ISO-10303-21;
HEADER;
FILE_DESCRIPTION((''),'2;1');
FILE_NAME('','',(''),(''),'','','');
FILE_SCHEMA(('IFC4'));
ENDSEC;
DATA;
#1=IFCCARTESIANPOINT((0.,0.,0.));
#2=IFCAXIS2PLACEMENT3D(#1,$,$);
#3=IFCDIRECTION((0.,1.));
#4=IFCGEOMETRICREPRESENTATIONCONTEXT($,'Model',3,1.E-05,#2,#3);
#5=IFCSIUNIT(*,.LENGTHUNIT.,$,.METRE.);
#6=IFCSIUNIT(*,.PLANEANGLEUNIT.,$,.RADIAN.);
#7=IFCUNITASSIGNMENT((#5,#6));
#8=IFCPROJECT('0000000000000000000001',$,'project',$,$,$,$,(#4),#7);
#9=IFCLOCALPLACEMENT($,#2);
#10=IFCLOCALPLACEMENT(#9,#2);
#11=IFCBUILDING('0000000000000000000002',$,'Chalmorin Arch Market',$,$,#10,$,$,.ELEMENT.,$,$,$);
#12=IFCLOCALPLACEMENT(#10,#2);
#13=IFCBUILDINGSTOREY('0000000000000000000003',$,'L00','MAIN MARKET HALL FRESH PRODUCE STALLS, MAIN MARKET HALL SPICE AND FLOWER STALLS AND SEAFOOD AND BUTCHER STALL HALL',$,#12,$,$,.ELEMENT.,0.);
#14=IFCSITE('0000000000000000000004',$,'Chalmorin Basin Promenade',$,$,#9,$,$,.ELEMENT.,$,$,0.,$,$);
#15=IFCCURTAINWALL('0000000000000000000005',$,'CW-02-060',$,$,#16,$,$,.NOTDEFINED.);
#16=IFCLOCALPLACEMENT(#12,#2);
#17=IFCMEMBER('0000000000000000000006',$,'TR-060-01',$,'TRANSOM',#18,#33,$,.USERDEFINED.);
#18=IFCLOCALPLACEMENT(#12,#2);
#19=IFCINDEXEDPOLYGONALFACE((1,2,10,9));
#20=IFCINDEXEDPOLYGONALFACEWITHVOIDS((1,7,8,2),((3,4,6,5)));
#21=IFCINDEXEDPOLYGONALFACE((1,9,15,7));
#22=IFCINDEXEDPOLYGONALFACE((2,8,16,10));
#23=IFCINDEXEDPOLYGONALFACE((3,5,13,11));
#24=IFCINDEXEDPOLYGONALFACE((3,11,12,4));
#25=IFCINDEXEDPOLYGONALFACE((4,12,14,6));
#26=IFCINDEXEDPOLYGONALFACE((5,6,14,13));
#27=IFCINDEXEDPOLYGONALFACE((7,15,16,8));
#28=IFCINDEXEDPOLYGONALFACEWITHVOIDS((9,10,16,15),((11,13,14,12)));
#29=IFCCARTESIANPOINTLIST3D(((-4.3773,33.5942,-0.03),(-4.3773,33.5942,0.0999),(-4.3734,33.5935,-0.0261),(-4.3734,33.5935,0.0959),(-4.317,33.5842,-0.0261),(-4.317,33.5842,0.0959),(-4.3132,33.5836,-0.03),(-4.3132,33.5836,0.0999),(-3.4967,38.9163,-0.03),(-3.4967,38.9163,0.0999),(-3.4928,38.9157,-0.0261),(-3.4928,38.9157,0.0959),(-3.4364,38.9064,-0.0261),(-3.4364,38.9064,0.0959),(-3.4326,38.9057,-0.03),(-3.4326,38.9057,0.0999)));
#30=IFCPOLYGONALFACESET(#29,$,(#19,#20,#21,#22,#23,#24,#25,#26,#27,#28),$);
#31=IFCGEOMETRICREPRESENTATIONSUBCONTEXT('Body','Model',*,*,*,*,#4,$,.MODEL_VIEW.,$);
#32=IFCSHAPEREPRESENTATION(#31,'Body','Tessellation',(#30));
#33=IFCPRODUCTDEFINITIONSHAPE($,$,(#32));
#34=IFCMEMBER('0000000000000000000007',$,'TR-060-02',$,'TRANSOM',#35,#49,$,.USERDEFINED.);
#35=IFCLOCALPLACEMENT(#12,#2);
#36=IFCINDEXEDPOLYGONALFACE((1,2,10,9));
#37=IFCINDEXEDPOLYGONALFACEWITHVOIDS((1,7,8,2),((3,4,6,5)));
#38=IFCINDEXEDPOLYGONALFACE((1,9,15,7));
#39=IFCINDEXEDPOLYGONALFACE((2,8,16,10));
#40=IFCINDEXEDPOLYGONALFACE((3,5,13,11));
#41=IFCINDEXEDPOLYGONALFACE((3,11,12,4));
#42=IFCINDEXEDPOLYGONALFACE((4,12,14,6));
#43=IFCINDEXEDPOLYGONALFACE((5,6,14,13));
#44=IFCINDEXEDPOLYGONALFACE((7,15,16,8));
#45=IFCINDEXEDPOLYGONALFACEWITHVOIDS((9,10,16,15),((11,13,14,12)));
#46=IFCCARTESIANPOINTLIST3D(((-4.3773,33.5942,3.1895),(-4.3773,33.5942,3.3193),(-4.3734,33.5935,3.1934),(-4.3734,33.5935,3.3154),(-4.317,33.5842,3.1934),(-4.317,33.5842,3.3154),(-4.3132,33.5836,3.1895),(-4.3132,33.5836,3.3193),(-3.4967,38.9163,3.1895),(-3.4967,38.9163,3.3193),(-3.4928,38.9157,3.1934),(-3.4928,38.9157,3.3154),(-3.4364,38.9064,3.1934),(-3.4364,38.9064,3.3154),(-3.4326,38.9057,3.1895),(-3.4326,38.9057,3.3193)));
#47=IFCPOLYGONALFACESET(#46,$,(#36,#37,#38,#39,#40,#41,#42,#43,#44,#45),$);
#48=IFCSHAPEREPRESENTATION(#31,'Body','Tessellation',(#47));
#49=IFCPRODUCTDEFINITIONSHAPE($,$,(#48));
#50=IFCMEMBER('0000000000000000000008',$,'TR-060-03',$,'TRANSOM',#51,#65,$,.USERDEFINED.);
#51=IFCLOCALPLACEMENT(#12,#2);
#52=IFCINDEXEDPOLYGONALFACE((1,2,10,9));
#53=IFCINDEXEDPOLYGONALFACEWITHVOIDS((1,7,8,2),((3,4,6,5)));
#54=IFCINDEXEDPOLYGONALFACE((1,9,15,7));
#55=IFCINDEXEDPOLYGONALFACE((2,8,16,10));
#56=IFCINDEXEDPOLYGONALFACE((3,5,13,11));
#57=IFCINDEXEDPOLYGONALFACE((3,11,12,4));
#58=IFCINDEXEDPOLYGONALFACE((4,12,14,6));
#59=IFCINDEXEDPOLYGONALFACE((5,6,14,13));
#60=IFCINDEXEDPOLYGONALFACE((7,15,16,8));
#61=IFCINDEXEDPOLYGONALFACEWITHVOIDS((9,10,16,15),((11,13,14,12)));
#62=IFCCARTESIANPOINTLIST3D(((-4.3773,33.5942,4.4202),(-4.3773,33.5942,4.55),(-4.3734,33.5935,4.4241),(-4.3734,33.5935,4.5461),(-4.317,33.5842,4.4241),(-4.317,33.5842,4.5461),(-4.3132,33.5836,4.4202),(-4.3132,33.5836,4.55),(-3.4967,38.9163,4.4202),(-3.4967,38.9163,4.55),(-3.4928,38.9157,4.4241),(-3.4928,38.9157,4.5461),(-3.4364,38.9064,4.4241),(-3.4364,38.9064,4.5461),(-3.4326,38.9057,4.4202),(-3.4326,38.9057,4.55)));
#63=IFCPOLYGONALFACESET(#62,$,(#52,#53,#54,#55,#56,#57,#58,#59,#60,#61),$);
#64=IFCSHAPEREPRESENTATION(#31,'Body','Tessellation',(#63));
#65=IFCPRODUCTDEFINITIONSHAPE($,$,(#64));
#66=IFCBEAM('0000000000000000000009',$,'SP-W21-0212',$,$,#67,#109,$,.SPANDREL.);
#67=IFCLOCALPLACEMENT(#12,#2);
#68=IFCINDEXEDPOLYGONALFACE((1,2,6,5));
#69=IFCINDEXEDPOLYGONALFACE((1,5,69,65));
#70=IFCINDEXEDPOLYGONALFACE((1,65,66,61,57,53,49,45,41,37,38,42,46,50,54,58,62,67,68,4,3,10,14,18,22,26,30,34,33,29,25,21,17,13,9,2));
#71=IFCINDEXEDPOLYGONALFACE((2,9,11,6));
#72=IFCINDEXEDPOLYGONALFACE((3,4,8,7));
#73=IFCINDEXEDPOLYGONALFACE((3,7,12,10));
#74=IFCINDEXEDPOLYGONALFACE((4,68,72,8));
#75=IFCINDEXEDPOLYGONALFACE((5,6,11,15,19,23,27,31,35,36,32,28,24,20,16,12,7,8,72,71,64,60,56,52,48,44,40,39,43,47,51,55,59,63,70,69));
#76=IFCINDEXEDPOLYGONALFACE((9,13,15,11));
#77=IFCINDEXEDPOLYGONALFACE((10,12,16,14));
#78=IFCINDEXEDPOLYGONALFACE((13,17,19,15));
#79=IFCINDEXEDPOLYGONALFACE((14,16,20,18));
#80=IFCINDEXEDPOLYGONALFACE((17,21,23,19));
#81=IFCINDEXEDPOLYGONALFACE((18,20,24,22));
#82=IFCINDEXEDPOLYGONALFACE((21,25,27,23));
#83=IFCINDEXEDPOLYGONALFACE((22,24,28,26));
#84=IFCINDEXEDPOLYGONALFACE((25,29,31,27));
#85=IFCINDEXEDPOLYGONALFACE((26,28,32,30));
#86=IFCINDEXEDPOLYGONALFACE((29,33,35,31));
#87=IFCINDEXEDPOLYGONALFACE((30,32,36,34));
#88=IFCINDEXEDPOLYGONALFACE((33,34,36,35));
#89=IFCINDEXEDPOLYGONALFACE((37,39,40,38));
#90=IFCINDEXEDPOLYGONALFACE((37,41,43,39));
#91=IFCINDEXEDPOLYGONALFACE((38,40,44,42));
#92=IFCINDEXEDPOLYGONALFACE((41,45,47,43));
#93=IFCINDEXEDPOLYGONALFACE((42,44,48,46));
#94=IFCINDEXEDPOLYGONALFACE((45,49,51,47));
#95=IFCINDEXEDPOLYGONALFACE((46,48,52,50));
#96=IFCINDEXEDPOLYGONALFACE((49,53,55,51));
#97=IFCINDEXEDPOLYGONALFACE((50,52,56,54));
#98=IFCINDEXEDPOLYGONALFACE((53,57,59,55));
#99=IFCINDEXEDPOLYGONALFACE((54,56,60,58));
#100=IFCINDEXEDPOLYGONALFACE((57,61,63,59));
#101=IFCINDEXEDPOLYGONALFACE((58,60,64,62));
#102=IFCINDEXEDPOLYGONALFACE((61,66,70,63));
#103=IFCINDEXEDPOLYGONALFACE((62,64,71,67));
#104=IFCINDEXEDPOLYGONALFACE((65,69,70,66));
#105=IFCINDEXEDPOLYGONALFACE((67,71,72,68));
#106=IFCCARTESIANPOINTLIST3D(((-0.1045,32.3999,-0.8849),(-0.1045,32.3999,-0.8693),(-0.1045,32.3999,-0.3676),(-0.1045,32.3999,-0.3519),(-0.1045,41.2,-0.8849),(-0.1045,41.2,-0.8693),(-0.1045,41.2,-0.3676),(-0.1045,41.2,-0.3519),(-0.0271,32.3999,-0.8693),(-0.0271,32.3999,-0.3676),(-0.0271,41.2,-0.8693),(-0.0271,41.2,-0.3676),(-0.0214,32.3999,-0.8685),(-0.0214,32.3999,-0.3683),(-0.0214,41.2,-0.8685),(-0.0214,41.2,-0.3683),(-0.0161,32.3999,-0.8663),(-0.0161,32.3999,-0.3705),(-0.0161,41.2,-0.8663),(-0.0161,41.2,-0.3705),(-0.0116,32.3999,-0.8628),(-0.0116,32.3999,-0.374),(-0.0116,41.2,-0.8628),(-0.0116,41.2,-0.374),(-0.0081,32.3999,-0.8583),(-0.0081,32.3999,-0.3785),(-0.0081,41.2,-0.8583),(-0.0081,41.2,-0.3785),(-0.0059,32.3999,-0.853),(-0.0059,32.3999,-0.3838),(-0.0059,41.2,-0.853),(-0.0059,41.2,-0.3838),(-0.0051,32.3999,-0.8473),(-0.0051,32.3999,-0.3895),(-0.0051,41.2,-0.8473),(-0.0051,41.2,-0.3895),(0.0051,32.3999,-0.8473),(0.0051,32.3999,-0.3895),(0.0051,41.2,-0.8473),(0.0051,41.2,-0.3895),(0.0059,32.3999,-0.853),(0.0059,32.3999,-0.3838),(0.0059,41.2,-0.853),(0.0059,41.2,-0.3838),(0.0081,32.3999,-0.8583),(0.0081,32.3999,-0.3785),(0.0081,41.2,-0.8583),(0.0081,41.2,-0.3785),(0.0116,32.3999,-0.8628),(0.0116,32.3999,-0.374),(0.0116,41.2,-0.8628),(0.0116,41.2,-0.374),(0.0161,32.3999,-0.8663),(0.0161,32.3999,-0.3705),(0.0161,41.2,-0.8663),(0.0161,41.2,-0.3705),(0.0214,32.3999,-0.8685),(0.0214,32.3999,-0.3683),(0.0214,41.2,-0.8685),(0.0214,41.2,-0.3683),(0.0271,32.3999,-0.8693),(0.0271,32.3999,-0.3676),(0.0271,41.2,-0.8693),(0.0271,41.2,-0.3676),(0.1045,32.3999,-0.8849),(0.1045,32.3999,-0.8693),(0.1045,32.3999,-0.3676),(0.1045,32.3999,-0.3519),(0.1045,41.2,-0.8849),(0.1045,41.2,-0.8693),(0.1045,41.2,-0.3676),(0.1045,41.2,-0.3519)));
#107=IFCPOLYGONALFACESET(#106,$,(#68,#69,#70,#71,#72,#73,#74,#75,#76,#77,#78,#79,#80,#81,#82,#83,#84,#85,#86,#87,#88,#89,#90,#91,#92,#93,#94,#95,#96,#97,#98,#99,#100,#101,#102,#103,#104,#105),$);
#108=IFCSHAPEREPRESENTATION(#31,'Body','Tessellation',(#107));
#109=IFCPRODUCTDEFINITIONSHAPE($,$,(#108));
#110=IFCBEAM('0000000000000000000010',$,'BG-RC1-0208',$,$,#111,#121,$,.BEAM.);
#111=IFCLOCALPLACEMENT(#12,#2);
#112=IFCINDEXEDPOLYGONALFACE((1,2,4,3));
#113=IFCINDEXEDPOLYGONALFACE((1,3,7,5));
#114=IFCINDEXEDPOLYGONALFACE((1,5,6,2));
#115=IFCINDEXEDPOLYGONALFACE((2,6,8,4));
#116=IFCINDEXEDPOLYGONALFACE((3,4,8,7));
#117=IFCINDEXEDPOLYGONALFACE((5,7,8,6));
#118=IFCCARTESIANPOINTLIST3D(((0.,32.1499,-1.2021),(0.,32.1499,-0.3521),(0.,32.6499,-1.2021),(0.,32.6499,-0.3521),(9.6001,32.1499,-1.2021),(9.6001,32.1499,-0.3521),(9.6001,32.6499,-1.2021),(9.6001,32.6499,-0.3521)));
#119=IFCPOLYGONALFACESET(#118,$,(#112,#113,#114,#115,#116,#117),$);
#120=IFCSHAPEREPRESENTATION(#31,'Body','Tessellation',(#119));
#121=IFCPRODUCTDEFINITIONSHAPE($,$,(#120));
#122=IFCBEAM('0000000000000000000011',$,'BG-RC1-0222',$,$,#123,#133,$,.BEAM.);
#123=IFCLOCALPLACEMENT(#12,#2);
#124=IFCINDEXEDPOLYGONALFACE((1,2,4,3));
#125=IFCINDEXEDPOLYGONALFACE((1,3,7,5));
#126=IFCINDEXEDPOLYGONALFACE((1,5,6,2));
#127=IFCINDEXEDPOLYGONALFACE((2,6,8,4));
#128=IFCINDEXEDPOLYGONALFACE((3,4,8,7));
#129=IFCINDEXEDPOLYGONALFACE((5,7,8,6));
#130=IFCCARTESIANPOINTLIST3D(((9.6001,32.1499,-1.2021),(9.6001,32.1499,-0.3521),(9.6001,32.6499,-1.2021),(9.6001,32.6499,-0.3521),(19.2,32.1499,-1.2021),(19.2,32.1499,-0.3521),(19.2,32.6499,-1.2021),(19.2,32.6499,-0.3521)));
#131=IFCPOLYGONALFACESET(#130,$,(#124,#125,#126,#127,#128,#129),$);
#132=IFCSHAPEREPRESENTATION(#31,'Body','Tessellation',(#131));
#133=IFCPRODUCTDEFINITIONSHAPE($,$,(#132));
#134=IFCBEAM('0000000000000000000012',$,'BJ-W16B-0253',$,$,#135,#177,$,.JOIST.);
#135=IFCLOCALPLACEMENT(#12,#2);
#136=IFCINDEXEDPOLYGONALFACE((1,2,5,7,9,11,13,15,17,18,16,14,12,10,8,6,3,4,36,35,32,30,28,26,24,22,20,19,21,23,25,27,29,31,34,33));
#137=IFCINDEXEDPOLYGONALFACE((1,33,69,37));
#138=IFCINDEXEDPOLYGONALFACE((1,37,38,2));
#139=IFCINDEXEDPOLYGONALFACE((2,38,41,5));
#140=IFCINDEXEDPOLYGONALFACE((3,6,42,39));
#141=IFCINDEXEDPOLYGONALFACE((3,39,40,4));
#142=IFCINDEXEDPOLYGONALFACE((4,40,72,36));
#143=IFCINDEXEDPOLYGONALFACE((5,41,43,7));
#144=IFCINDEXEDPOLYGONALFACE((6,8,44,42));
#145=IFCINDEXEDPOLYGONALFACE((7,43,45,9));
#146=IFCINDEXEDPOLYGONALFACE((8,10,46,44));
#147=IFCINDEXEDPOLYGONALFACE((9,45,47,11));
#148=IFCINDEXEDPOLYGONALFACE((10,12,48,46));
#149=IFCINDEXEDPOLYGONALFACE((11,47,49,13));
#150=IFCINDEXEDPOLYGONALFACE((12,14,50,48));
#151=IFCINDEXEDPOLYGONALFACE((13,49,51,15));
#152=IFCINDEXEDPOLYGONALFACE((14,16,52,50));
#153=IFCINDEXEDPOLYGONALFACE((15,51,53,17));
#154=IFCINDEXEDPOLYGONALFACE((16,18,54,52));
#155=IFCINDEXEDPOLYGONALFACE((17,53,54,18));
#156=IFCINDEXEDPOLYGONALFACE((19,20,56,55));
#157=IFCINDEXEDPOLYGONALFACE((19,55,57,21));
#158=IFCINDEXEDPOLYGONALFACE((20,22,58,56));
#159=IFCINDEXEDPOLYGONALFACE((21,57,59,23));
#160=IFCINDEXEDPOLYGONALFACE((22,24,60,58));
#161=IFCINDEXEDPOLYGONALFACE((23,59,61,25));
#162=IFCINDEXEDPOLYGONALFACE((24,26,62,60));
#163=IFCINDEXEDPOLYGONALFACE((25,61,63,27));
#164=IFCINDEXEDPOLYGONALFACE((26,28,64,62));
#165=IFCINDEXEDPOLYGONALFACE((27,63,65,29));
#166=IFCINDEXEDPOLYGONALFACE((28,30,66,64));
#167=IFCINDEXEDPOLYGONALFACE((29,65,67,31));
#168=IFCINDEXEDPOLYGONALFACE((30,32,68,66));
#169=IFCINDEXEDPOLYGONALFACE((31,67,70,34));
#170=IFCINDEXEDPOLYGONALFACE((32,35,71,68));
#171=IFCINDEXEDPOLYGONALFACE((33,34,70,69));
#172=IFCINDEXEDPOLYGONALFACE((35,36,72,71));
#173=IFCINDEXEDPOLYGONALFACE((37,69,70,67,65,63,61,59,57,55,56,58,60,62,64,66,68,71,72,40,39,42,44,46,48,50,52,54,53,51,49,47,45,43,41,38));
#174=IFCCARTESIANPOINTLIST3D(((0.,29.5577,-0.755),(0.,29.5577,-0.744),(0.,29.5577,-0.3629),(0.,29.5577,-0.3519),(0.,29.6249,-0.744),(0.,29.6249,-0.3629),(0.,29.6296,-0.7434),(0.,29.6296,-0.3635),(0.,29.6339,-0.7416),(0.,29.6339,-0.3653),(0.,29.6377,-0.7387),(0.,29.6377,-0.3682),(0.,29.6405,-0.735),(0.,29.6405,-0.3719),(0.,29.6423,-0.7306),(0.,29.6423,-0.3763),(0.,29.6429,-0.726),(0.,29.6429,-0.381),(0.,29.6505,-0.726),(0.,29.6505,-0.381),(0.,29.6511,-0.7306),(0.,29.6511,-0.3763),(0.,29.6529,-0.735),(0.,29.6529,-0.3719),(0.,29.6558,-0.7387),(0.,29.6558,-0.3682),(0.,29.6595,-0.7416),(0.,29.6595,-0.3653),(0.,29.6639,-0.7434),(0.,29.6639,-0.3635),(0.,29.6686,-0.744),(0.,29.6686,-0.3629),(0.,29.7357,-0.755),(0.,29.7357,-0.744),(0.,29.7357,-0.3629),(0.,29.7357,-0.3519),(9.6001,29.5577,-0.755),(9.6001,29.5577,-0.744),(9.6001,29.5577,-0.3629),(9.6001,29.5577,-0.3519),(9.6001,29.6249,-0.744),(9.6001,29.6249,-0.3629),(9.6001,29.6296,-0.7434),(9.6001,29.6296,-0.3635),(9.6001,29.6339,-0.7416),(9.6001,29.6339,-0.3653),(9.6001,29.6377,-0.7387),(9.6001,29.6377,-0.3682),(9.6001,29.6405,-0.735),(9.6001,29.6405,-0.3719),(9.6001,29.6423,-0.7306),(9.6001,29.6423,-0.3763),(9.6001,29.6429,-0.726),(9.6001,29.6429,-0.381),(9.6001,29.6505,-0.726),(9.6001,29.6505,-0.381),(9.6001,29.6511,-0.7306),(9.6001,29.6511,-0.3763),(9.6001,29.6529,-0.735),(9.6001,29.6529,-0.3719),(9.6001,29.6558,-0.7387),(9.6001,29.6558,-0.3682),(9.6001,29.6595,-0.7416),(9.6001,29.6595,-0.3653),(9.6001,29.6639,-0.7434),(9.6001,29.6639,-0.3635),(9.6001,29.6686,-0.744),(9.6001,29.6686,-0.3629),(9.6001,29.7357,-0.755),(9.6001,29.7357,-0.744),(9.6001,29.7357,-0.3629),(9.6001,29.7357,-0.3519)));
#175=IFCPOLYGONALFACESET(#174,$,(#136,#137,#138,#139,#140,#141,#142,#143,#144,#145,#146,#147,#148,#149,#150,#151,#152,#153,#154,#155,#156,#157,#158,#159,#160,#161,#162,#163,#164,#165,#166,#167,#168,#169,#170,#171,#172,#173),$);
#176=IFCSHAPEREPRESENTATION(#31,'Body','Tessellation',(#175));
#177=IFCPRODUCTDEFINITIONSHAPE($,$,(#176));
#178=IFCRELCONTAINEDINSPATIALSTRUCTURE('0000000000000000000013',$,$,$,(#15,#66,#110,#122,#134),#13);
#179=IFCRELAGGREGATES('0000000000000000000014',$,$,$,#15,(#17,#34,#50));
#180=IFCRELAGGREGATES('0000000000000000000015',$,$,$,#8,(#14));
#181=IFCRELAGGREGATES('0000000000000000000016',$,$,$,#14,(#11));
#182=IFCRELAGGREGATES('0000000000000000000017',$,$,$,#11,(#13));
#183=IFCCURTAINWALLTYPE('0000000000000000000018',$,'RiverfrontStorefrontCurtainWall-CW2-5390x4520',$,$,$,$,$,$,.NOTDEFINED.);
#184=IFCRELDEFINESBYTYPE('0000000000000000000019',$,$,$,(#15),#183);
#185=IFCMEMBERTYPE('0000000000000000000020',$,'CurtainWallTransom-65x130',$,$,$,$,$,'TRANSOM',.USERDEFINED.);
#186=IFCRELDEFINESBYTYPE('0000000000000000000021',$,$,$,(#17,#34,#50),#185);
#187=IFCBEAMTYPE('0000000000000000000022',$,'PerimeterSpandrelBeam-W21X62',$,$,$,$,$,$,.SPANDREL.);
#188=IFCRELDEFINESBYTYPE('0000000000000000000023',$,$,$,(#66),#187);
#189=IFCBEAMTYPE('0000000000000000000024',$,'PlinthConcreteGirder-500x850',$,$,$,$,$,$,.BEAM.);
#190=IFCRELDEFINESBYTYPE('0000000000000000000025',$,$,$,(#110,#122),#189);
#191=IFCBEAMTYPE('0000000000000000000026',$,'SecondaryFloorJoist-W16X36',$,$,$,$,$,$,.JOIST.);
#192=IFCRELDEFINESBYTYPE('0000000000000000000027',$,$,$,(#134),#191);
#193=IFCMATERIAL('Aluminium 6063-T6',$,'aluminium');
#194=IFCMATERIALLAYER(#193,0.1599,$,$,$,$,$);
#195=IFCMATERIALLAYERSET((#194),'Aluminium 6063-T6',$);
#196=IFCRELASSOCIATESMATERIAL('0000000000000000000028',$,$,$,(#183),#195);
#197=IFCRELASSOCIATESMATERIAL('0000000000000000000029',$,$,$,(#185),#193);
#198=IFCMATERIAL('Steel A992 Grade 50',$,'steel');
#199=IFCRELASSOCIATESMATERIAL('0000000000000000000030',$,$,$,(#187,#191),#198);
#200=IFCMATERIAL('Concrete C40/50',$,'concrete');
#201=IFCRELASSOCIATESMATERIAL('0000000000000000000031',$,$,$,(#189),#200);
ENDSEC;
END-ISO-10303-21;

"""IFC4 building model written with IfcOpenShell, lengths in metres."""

from ifc_helpers import new_model, si_unit, direction, frame, origin, origin_2d, place, context, subcontext, project, spatial, rectangle, hollow_rectangle, i_section, extrude, material, layer, layer_set, material_profile, profile_set, type_object, element, aggregate, save


model = new_model("IFC4")

# Units and contexts
model_context = context("Model", 3, precision=1e-05, world=origin(), true_north=direction((0.0, 1.0)))
body_context = subcontext(model_context, "Body", "Model", "MODEL_VIEW")
ifc_project = project(units=[si_unit("LENGTHUNIT", "METRE"), si_unit("PLANEANGLEUNIT", "RADIAN")], contexts=[model_context])

# Site, building, storey
site_placement = place(None, origin())
site = spatial("IfcSite", under=ifc_project, at=site_placement, Name="Chalmorin Basin Promenade", CompositionType="ELEMENT", RefElevation=0.0)
building_placement = place(site_placement, origin())
building = spatial("IfcBuilding", under=site, at=building_placement, Name="Chalmorin Arch Market", CompositionType="ELEMENT")
storey_placement = place(building_placement, origin())
storey = spatial("IfcBuildingStorey", under=building, at=storey_placement, Name="L00", Description="MAIN MARKET HALL FRESH PRODUCE STALLS, MAIN MARKET HALL SPICE AND FLOWER STALLS AND SEAFOOD AND BUTCHER STALL HALL", CompositionType="ELEMENT", Elevation=0.0)

# Shared definitions
ifc_material_1 = material(Name="Concrete C40/50", Category="concrete")

# Curtain wall
ifc_material_2 = material(Name="Aluminium 6063-T6", Category="aluminium")
ifc_layer_1 = layer(ifc_material_2, 0.1599)
ifc_layer_set_1 = layer_set([ifc_layer_1], Name="Aluminium 6063-T6")
curtain_wall_type_1 = type_object("IfcCurtainWallType", Name="RiverfrontStorefrontCurtainWall-CW2-5390x4520", PredefinedType="NOTDEFINED", material=ifc_layer_set_1)
curtain_wall_1_placement = place(storey_placement, origin())
curtain_wall_1 = element("IfcCurtainWall", 1, at=curtain_wall_1_placement, inside=storey, type_object=curtain_wall_type_1, Name="CW-02-060", PredefinedType="NOTDEFINED")

# Members
ifc_material_profile_1 = material_profile(ifc_material_2, hollow_rectangle(XDim=0.0649, YDim=0.1299, WallThickness=0.0039, at=origin_2d()), Name="ALU65X130X4")
ifc_profile_set_1 = profile_set([ifc_material_profile_1], Name="Aluminium 6063-T6")
member_type_1 = type_object("IfcMemberType", Name="CurtainWallTransom-65x130", ElementType="TRANSOM", PredefinedType="USERDEFINED", material=ifc_profile_set_1)
member_1_placement = place(storey_placement, frame((-4.3452, 33.5889, 0.0349), z_axis=(0.163239, 0.986586, 0.0), x_axis=(-0.986586, 0.163239, 0.0)))
member_1 = element("IfcMember", 2, at=member_1_placement, type_object=member_type_1, Name="TR-060-01", ObjectType="TRANSOM", PredefinedType="USERDEFINED", context=body_context, shape_type="SweptSolid", body=[
    extrude(hollow_rectangle(XDim=0.0649, YDim=0.1299, WallThickness=0.0039, at=origin_2d()), origin(), (0.0, 0.0, 1.0), 5.3945),
])
member_2_placement = place(storey_placement, frame((-4.3452, 33.5889, 3.2544), z_axis=(0.163239, 0.986586, 0.0), x_axis=(-0.986586, 0.163239, 0.0)))
member_2 = element("IfcMember", 3, at=member_2_placement, type_object=member_type_1, Name="TR-060-02", ObjectType="TRANSOM", PredefinedType="USERDEFINED", context=body_context, shape_type="SweptSolid", body=[
    extrude(hollow_rectangle(XDim=0.0649, YDim=0.1299, WallThickness=0.0039, at=origin_2d()), origin(), (0.0, 0.0, 1.0), 5.3945),
])
member_3_placement = place(storey_placement, frame((-4.3452, 33.5889, 4.4851), z_axis=(0.163239, 0.986586, 0.0), x_axis=(-0.986586, 0.163239, 0.0)))
member_3 = element("IfcMember", 4, at=member_3_placement, type_object=member_type_1, Name="TR-060-03", ObjectType="TRANSOM", PredefinedType="USERDEFINED", context=body_context, shape_type="SweptSolid", body=[
    extrude(hollow_rectangle(XDim=0.0649, YDim=0.1299, WallThickness=0.0039, at=origin_2d()), origin(), (0.0, 0.0, 1.0), 5.3945),
])

# Beams
ifc_material_3 = material(Name="Steel A992 Grade 50", Category="steel")
ifc_material_profile_2 = material_profile(ifc_material_3, i_section(OverallWidth=0.209, OverallDepth=0.533, WebThickness=0.0103, FlangeThickness=0.0156, FilletRadius=0.022, at=origin_2d()), Name="W21X62")
ifc_profile_set_2 = profile_set([ifc_material_profile_2], Name="Steel A992 Grade 50")
beam_type_1 = type_object("IfcBeamType", Name="PerimeterSpandrelBeam-W21X62", PredefinedType="SPANDREL", material=ifc_profile_set_2)
beam_1_placement = place(storey_placement, frame((0.0, 32.3999, -0.6184), z_axis=(0.0, 1.0, 0.0), x_axis=(-1.0, 0.0, 0.0)))
element("IfcBeam", 5, at=beam_1_placement, inside=storey, type_object=beam_type_1, Name="SP-W21-0212", PredefinedType="SPANDREL", context=body_context, shape_type="SweptSolid", body=[
    extrude(i_section(OverallWidth=0.209, OverallDepth=0.533, WebThickness=0.0103, FlangeThickness=0.0156, FilletRadius=0.022, at=origin_2d()), origin(), (0.0, 0.0, 1.0), 8.8),
])
ifc_material_profile_3 = material_profile(ifc_material_1, rectangle(XDim=0.5, YDim=0.8501, at=origin_2d()), Name="RC500X850")
ifc_profile_set_3 = profile_set([ifc_material_profile_3], Name="Concrete C40/50")
beam_type_2 = type_object("IfcBeamType", Name="PlinthConcreteGirder-500x850", PredefinedType="BEAM", material=ifc_profile_set_3)
beam_2_placement = place(storey_placement, frame((0.0, 32.3999, -0.7771), z_axis=(1.0, 0.0, 0.0), x_axis=(0.0, 1.0, 0.0)))
element("IfcBeam", 6, at=beam_2_placement, inside=storey, type_object=beam_type_2, Name="BG-RC1-0208", PredefinedType="BEAM", context=body_context, shape_type="SweptSolid", body=[
    extrude(rectangle(XDim=0.5, YDim=0.8501, at=origin_2d()), origin(), (0.0, 0.0, 1.0), 9.6001),
])
beam_3_placement = place(storey_placement, frame((9.6001, 32.3999, -0.7771), z_axis=(1.0, 0.0, 0.0), x_axis=(0.0, 1.0, 0.0)))
element("IfcBeam", 7, at=beam_3_placement, inside=storey, type_object=beam_type_2, Name="BG-RC1-0222", PredefinedType="BEAM", context=body_context, shape_type="SweptSolid", body=[
    extrude(rectangle(XDim=0.5, YDim=0.8501, at=origin_2d()), origin(), (0.0, 0.0, 1.0), 9.5999),
])
ifc_material_profile_4 = material_profile(ifc_material_3, i_section(OverallWidth=0.178, OverallDepth=0.4031, WebThickness=0.0076, FlangeThickness=0.011, FilletRadius=0.0181, at=origin_2d()), Name="W16X36")
ifc_profile_set_4 = profile_set([ifc_material_profile_4], Name="Steel A992 Grade 50")
beam_type_3 = type_object("IfcBeamType", Name="SecondaryFloorJoist-W16X36", PredefinedType="JOIST", material=ifc_profile_set_4)
for number, where, z_axis, x_axis, name in (
    (8, (0.0, 29.6467, -0.5535), (1.0, 0.0, 0.0), (0.0, 1.0, 0.0), "BJ-W16B-0253"),
):
    element("IfcBeam", number, at=place(storey_placement, frame(where, z_axis=z_axis, x_axis=x_axis)), inside=storey, type_object=beam_type_3, Name=name, PredefinedType="JOIST", context=body_context, shape_type="SweptSolid", body=[
        extrude(i_section(OverallWidth=0.178, OverallDepth=0.4031, WebThickness=0.0076, FlangeThickness=0.011, FilletRadius=0.0181, at=origin_2d()), origin(), (0.0, 0.0, 1.0), 9.6001),
    ])

aggregate(curtain_wall_1, [member_1, member_2, member_3])

save(model, "model.ifc")
